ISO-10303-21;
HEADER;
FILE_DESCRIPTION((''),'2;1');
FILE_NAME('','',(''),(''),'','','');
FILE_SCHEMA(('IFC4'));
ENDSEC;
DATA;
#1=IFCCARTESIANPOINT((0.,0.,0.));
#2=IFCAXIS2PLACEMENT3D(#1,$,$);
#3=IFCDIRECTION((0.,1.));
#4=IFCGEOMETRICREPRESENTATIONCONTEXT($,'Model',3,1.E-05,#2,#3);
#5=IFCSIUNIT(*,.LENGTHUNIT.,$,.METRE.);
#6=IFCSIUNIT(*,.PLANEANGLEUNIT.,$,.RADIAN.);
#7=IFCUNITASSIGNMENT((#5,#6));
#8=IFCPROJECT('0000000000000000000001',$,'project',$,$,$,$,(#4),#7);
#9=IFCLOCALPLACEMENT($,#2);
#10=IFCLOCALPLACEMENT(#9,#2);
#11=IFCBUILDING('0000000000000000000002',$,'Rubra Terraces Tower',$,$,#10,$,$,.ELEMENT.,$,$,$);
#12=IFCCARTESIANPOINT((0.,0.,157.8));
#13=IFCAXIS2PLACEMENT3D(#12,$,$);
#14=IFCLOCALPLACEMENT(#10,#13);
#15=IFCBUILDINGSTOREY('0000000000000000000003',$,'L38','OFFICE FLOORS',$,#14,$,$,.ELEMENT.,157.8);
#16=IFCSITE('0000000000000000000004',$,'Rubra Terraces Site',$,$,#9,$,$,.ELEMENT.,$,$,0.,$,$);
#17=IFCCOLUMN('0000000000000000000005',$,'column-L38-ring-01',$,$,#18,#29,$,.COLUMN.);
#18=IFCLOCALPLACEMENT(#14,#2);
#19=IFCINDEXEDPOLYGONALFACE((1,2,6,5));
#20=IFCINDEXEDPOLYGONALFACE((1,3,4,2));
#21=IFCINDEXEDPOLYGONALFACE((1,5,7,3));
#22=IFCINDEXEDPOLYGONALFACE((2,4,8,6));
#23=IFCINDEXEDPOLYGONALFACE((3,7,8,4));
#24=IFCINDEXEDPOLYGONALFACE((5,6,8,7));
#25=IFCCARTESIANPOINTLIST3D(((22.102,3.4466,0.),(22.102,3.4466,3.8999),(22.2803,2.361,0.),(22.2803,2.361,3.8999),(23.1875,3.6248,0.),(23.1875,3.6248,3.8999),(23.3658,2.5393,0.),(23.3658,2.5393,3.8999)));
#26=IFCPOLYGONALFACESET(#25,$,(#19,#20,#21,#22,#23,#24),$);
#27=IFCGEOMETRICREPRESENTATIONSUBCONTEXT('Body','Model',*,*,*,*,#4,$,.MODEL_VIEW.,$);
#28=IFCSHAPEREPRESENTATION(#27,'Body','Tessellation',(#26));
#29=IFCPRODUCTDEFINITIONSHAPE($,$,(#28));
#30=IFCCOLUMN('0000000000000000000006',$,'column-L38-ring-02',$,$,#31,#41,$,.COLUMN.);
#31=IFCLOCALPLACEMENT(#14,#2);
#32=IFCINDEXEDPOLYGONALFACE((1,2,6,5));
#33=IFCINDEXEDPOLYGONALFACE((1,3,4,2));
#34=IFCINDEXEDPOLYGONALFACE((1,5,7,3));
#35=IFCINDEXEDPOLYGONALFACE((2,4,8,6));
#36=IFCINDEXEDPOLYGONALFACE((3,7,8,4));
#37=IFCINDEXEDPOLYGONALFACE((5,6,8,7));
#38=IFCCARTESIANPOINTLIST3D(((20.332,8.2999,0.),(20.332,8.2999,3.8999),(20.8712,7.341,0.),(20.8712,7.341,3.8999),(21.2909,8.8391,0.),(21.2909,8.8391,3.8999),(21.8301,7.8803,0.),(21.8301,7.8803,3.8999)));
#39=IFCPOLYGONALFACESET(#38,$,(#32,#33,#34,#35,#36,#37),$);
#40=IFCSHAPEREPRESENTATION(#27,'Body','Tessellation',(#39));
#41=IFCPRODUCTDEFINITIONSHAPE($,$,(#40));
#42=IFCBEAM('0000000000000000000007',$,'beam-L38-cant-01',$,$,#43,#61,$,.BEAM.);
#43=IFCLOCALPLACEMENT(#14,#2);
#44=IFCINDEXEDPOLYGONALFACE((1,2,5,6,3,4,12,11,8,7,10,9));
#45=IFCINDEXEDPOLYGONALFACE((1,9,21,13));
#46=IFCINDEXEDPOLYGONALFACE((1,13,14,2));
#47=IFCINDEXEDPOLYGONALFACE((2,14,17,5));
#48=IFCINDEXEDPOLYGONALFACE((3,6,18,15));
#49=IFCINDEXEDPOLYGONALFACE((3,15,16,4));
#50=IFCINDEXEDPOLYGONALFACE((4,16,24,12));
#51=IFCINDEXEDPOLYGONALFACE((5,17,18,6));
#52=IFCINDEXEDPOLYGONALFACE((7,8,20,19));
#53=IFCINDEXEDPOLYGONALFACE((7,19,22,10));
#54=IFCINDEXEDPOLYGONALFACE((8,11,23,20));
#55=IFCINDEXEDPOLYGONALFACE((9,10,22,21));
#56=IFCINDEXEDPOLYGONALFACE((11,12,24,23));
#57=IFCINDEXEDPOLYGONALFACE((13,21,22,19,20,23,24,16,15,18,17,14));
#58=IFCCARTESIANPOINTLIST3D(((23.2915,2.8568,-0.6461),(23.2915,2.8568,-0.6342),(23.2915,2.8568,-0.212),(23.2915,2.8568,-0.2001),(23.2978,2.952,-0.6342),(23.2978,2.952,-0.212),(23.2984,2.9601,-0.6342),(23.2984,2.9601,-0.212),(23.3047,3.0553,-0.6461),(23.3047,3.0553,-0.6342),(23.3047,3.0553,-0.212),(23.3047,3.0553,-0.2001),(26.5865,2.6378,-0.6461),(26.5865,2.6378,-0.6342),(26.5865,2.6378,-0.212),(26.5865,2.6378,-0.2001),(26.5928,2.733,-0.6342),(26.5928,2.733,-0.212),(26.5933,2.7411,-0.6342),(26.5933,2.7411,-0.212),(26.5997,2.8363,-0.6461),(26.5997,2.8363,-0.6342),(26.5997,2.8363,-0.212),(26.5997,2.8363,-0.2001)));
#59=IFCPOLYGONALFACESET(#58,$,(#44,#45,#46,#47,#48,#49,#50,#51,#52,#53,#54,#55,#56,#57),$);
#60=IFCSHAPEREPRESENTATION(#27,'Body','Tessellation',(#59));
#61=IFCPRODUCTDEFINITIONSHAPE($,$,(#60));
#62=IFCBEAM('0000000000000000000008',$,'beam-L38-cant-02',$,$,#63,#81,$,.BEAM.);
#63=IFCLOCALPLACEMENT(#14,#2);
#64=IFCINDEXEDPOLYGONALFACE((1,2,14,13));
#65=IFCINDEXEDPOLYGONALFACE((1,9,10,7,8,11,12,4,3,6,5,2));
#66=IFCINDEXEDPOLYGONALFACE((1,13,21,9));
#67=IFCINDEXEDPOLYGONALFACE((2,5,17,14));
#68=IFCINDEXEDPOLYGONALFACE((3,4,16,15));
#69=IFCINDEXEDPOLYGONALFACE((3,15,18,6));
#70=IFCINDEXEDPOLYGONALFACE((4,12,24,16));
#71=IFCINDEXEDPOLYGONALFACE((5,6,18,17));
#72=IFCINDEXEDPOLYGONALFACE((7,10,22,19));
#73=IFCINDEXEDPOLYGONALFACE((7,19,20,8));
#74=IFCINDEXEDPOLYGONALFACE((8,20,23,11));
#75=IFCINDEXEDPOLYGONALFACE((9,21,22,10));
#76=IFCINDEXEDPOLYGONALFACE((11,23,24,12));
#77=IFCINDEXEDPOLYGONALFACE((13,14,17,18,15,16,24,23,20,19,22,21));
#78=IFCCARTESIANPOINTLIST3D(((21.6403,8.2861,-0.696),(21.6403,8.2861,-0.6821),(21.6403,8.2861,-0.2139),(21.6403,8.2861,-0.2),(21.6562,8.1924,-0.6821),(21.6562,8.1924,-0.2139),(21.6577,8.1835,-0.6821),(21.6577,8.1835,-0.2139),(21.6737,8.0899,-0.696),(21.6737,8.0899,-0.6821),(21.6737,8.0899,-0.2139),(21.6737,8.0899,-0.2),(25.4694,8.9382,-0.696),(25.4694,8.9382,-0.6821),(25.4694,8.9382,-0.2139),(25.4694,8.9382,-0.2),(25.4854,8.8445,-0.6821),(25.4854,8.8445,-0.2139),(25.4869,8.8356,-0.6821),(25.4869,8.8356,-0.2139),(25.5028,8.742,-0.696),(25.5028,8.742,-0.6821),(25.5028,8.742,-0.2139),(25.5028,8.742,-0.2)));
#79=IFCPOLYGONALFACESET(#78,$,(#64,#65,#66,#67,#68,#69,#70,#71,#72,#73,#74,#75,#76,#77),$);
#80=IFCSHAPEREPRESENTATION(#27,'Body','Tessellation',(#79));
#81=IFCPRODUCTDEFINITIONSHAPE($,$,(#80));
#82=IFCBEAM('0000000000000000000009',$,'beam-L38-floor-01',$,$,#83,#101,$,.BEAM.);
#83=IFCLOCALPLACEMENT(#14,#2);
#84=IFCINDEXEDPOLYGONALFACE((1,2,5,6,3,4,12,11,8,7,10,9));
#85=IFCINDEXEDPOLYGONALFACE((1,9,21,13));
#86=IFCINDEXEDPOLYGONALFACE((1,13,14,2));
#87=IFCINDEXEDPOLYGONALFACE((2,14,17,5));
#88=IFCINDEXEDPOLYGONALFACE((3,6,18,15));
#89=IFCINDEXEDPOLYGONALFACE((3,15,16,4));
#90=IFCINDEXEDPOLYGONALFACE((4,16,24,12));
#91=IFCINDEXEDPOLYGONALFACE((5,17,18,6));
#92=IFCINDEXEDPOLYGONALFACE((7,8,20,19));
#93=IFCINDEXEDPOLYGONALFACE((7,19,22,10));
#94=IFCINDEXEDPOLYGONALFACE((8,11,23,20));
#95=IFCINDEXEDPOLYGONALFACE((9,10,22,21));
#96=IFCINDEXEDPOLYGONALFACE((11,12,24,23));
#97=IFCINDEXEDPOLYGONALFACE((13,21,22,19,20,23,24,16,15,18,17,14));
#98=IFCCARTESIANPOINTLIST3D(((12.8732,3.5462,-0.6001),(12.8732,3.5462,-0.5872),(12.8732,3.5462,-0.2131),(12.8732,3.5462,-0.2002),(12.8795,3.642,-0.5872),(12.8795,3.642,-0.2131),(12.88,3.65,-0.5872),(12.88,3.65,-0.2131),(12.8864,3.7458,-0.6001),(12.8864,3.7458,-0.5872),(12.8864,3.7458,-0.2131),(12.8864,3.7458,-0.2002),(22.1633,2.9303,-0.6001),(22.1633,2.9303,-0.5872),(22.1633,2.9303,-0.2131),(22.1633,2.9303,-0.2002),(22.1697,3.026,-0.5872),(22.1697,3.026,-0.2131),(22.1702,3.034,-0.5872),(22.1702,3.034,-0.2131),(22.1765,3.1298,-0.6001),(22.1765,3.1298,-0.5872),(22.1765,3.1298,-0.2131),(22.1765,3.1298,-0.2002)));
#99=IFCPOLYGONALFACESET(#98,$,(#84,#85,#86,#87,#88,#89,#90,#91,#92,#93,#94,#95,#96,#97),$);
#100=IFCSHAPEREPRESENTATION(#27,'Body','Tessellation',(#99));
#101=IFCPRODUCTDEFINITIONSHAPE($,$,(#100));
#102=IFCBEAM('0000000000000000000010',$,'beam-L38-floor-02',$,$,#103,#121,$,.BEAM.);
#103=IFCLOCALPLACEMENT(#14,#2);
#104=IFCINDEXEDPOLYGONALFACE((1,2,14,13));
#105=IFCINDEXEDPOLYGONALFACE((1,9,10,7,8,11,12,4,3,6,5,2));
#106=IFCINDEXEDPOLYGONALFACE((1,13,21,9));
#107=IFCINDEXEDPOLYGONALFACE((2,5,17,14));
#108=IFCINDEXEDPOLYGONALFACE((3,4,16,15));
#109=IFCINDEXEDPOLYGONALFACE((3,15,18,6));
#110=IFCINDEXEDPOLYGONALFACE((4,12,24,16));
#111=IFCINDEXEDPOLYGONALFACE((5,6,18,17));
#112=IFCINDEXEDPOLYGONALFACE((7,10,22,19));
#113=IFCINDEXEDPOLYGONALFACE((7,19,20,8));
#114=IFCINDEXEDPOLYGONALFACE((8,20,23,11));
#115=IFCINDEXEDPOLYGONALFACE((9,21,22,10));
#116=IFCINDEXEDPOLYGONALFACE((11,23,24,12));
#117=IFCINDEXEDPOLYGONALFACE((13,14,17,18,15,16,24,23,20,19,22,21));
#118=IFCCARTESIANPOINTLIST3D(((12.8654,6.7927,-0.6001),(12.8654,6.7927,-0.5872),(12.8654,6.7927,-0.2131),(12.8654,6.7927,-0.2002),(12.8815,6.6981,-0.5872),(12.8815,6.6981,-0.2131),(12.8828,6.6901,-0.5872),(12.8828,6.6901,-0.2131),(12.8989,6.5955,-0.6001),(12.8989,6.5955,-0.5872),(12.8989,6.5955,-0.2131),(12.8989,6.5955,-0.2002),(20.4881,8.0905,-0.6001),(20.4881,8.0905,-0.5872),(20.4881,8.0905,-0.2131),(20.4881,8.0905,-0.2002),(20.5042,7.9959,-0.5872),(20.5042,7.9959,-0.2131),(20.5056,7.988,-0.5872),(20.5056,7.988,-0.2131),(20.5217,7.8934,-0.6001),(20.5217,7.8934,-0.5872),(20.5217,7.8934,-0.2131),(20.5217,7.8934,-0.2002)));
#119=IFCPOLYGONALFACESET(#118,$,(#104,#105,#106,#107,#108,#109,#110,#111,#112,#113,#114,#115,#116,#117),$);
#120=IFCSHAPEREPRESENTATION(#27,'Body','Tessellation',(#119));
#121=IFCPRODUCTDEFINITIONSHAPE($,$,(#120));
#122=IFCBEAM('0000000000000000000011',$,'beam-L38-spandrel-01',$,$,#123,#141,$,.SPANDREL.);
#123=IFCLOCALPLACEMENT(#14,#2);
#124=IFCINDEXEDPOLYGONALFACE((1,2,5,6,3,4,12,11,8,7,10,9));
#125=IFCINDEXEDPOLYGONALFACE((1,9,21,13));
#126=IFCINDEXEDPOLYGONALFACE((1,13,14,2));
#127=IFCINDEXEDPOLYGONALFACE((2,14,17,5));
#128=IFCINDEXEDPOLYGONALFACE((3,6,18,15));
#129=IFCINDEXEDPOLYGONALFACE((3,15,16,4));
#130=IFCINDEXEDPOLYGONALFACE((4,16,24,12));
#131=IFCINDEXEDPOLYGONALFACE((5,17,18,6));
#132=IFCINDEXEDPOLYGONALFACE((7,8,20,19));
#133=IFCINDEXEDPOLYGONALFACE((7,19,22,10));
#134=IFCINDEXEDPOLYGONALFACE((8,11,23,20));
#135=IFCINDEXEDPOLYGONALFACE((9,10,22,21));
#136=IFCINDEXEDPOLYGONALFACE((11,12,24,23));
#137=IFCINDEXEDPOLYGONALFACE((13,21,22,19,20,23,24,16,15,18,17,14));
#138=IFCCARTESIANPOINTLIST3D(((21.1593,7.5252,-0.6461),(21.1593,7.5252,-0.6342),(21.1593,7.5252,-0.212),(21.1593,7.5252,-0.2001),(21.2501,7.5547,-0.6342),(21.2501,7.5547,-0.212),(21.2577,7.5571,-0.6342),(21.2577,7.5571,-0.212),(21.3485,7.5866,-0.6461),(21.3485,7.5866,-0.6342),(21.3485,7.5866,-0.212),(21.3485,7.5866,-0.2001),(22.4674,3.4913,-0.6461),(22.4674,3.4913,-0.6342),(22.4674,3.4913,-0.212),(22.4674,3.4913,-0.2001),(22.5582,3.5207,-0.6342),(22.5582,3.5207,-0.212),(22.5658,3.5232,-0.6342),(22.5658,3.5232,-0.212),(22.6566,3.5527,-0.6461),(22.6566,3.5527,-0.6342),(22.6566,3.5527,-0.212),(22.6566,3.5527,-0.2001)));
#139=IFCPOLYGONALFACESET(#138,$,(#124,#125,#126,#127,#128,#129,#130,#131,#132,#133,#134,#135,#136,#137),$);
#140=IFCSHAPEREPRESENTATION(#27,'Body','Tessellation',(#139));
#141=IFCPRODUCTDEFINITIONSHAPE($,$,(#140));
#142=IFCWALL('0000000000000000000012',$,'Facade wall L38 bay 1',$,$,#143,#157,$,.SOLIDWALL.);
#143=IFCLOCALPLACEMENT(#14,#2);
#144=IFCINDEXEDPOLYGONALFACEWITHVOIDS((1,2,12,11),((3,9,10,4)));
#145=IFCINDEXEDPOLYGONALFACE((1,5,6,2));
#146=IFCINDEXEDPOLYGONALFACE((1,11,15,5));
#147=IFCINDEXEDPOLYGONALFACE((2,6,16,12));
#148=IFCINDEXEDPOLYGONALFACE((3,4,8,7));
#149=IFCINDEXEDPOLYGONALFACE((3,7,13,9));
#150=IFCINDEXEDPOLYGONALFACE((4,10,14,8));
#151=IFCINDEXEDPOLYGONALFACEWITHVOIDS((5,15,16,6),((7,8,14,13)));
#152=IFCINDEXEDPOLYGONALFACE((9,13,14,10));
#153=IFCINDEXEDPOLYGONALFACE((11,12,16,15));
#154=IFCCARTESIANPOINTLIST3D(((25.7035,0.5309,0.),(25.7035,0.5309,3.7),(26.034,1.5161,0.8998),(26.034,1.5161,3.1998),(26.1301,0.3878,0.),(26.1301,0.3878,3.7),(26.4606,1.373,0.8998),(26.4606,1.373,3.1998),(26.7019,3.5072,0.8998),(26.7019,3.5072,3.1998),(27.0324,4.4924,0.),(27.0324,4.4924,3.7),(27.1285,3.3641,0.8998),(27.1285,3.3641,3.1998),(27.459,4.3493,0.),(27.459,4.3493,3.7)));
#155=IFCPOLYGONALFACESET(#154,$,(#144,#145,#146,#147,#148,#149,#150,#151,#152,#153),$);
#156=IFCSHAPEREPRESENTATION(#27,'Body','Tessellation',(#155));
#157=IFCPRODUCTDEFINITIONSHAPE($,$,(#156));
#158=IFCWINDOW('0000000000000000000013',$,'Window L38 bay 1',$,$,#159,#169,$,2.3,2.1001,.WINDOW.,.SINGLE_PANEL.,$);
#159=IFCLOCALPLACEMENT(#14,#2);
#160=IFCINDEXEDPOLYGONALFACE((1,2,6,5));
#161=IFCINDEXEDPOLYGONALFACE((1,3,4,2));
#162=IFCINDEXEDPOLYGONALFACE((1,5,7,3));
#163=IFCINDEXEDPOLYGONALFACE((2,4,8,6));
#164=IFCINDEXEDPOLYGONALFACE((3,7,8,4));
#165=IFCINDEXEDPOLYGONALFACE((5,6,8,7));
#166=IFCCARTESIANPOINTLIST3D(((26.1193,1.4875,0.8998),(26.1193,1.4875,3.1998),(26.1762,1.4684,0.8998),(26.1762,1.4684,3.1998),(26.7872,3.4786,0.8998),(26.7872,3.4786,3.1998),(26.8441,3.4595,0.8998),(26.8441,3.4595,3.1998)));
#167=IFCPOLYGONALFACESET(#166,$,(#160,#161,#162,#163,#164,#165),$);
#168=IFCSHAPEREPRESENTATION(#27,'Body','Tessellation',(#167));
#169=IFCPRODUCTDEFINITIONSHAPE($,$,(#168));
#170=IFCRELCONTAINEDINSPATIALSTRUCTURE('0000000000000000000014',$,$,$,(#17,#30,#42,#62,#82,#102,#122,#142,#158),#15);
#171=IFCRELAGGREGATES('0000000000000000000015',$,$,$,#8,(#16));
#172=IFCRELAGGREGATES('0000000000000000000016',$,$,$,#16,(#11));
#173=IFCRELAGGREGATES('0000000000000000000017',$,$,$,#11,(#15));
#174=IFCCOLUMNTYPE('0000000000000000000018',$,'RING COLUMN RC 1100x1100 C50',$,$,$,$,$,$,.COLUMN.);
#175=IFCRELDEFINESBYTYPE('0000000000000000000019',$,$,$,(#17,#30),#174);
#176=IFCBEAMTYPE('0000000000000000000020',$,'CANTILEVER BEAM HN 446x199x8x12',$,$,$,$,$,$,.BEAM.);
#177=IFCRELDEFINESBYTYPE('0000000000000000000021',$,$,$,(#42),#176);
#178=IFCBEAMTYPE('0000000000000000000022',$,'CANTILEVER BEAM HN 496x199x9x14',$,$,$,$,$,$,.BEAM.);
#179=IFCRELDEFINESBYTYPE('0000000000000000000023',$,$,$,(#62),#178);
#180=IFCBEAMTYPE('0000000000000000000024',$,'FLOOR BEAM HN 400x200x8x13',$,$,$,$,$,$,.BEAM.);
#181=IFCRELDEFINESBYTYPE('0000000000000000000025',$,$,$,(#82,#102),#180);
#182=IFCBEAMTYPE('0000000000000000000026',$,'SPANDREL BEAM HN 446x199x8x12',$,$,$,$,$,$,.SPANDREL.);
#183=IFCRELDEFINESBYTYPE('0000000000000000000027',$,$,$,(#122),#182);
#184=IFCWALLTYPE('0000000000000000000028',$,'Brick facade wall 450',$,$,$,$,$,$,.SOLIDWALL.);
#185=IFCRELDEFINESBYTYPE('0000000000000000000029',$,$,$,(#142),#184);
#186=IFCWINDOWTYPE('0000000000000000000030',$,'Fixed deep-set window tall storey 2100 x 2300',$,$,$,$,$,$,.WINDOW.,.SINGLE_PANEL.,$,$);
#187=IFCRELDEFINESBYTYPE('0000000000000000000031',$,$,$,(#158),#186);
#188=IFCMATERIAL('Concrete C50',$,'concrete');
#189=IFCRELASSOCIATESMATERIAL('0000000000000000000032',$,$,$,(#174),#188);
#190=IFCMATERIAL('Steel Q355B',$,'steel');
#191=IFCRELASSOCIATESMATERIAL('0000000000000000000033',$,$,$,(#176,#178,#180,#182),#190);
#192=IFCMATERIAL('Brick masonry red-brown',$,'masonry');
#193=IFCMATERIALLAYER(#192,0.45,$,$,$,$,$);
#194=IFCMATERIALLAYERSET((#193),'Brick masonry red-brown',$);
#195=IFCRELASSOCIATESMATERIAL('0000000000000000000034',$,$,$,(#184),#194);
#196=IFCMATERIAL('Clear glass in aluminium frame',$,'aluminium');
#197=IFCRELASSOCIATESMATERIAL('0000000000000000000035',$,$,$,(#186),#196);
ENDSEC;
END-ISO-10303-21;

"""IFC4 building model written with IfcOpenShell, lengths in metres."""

from ifc_helpers import new_model, si_unit, direction, frame, frame_2d, origin, origin_2d, place, context, subcontext, project, spatial, rectangle, i_section, extrude, material, layer, layer_set, material_profile, profile_set, type_object, element, fill, save


model = new_model("IFC4")

# Units and contexts
model_context = context("Model", 3, precision=1e-05, world=origin(), true_north=direction((0.0, 1.0)))
body_context = subcontext(model_context, "Body", "Model", "MODEL_VIEW")
ifc_project = project(units=[si_unit("LENGTHUNIT", "METRE"), si_unit("PLANEANGLEUNIT", "RADIAN")], contexts=[model_context])

# Site, building, storey
site_placement = place(None, origin())
site = spatial("IfcSite", under=ifc_project, at=site_placement, Name="Rubra Terraces Site", CompositionType="ELEMENT", RefElevation=0.0)
building_placement = place(site_placement, origin())
building = spatial("IfcBuilding", under=site, at=building_placement, Name="Rubra Terraces Tower", CompositionType="ELEMENT")
storey_placement = place(building_placement, frame((0.0, 0.0, 157.8)))
storey = spatial("IfcBuildingStorey", under=building, at=storey_placement, Name="L38", Description="OFFICE FLOORS", CompositionType="ELEMENT", Elevation=157.8)

# Columns
ifc_material_1 = material(Name="Concrete C50", Category="concrete")
ifc_material_profile_1 = material_profile(ifc_material_1, rectangle(XDim=1.1001, YDim=1.1001, at=origin_2d()), Name="RC 1100x1100")
ifc_profile_set_1 = profile_set([ifc_material_profile_1], Name="Concrete C50")
column_type = type_object("IfcColumnType", Name="RING COLUMN RC 1100x1100 C50", PredefinedType="COLUMN", material=ifc_profile_set_1)
for number, where, z_axis, x_axis, name in (
    (1, (22.7339, 2.9929, 0.0), (0.0, 0.0, 1.0), (-0.162062, 0.986781, 0.0), "column-L38-ring-01"),
    (2, (21.0811, 8.0901, 0.0), (0.0, 0.0, 1.0), (-0.490162, 0.871631, 0.0), "column-L38-ring-02"),
):
    element("IfcColumn", number, at=place(storey_placement, frame(where, z_axis=z_axis, x_axis=x_axis)), inside=storey, type_object=column_type, Name=name, PredefinedType="COLUMN", context=body_context, shape_type="SweptSolid", body=[
        extrude(rectangle(XDim=1.1001, YDim=1.1001, at=origin_2d()), origin(), (0.0, 0.0, 1.0), 3.8999),
    ])

# Beams
ifc_material_2 = material(Name="Steel Q355B", Category="steel")
ifc_material_profile_2 = material_profile(ifc_material_2, i_section(OverallWidth=0.199, OverallDepth=0.446, WebThickness=0.0081, FlangeThickness=0.012, at=origin_2d()), Name="HN 446x199x8x12")
ifc_profile_set_2 = profile_set([ifc_material_profile_2], Name="Steel Q355B")
beam_type_1 = type_object("IfcBeamType", Name="CANTILEVER BEAM HN 446x199x8x12", PredefinedType="BEAM", material=ifc_profile_set_2)
beam_1_placement = place(storey_placement, frame((23.2981, 2.9561, -0.4231), z_axis=(0.997799, -0.066318, 0.0), x_axis=(0.066318, 0.997799, 0.0)))
element("IfcBeam", 3, at=beam_1_placement, inside=storey, type_object=beam_type_1, Name="beam-L38-cant-01", PredefinedType="BEAM", context=body_context, shape_type="SweptSolid", body=[
    extrude(i_section(OverallWidth=0.199, OverallDepth=0.446, WebThickness=0.0081, FlangeThickness=0.012, at=origin_2d()), origin(), (0.0, 0.0, 1.0), 3.3022),
])
ifc_material_profile_3 = material_profile(ifc_material_2, i_section(OverallWidth=0.199, OverallDepth=0.4961, WebThickness=0.009, FlangeThickness=0.0139, at=origin_2d()), Name="HN 496x199x9x14")
ifc_profile_set_3 = profile_set([ifc_material_profile_3], Name="Steel Q355B")
beam_type_2 = type_object("IfcBeamType", Name="CANTILEVER BEAM HN 496x199x9x14", PredefinedType="BEAM", material=ifc_profile_set_3)
beam_2_placement = place(storey_placement, frame((21.657, 8.188, -0.448), z_axis=(0.985807, 0.167884, 0.0), x_axis=(-0.167884, 0.985807, 0.0)))
element("IfcBeam", 4, at=beam_2_placement, inside=storey, type_object=beam_type_2, Name="beam-L38-cant-02", PredefinedType="BEAM", context=body_context, shape_type="SweptSolid", body=[
    extrude(i_section(OverallWidth=0.199, OverallDepth=0.4961, WebThickness=0.009, FlangeThickness=0.0139, at=origin_2d()), origin(), (0.0, 0.0, 1.0), 3.8843),
])
ifc_material_profile_4 = material_profile(ifc_material_2, i_section(OverallWidth=0.2, OverallDepth=0.3999, WebThickness=0.0081, FlangeThickness=0.0129, at=origin_2d()), Name="HN 400x200x8x13")
ifc_profile_set_4 = profile_set([ifc_material_profile_4], Name="Steel Q355B")
beam_type_3 = type_object("IfcBeamType", Name="FLOOR BEAM HN 400x200x8x13", PredefinedType="BEAM", material=ifc_profile_set_4)
beam_3_placement = place(storey_placement, frame((22.1699, 3.03, -0.4001), z_axis=(-0.997809, 0.066159, 0.0), x_axis=(-0.066159, -0.997809, 0.0)))
element("IfcBeam", 5, at=beam_3_placement, inside=storey, type_object=beam_type_3, Name="beam-L38-floor-01", PredefinedType="BEAM", context=body_context, shape_type="SweptSolid", body=[
    extrude(i_section(OverallWidth=0.2, OverallDepth=0.3999, WebThickness=0.0081, FlangeThickness=0.0129, at=origin_2d()), origin(), (0.0, 0.0, 1.0), 9.3105),
])
beam_4_placement = place(storey_placement, frame((20.5049, 7.9919, -0.4001), z_axis=(-0.985814, -0.167844, 0.0), x_axis=(0.167844, -0.985814, 0.0)))
element("IfcBeam", 6, at=beam_4_placement, inside=storey, type_object=beam_type_3, Name="beam-L38-floor-02", PredefinedType="BEAM", context=body_context, shape_type="SweptSolid", body=[
    extrude(i_section(OverallWidth=0.2, OverallDepth=0.3999, WebThickness=0.0081, FlangeThickness=0.0129, at=origin_2d()), origin(), (0.0, 0.0, 1.0), 7.7324),
])
ifc_material_profile_5 = material_profile(ifc_material_2, i_section(OverallWidth=0.199, OverallDepth=0.446, WebThickness=0.0081, FlangeThickness=0.012, at=origin_2d()), Name="HN 446x199x8x12")
ifc_profile_set_5 = profile_set([ifc_material_profile_5], Name="Steel Q355B")
beam_type_4 = type_object("IfcBeamType", Name="SPANDREL BEAM HN 446x199x8x12", PredefinedType="SPANDREL", material=ifc_profile_set_5)
beam_5_placement = place(storey_placement, frame((22.562, 3.522, -0.4231), z_axis=(-0.308462, 0.951237, 0.0), x_axis=(-0.951237, -0.308462, 0.0)))
element("IfcBeam", 7, at=beam_5_placement, inside=storey, type_object=beam_type_4, Name="beam-L38-spandrel-01", PredefinedType="SPANDREL", context=body_context, shape_type="SweptSolid", body=[
    extrude(i_section(OverallWidth=0.199, OverallDepth=0.446, WebThickness=0.0081, FlangeThickness=0.012, at=origin_2d()), origin(), (0.0, 0.0, 1.0), 4.2407),
])

# Wall, opening, window
ifc_material_3 = material(Name="Brick masonry red-brown", Category="masonry")
ifc_layer_1 = layer(ifc_material_3, 0.45)
ifc_layer_set_1 = layer_set([ifc_layer_1], Name="Brick masonry red-brown")
wall_type_1 = type_object("IfcWallType", Name="Brick facade wall 450", PredefinedType="SOLIDWALL", material=ifc_layer_set_1)
wall_1_placement = place(storey_placement, frame((25.9167, 0.4592, 0.0), z_axis=(0.0, 0.0, 1.0), x_axis=(0.318033, 0.94808, 0.0)))
wall_1 = element("IfcWall", 8, at=wall_1_placement, inside=storey, type_object=wall_type_1, Name="Facade wall L38 bay 1", PredefinedType="SOLIDWALL", context=body_context, shape_type="SweptSolid", body=[
    extrude(rectangle(XDim=4.1785, YDim=0.45, at=frame_2d((2.0894, 0.0))), origin(), (0.0, 0.0, 1.0), 3.7),
])
opening_1_placement = place(wall_1_placement, frame((1.0393, 0.0, 0.8999)))
opening_1 = element("IfcOpeningElement", 9, at=opening_1_placement, cuts=wall_1, PredefinedType="OPENING", context=body_context, shape_type="SweptSolid", body=[
    extrude(rectangle(XDim=2.1001, YDim=2.3, at=frame_2d((1.05, 1.1499))), frame((0.0, 0.2349, 0.0), z_axis=(0.0, -1.0, 0.0), x_axis=(1.0, 0.0, 0.0)), (0.0, 0.0, 1.0), 0.47),
])
ifc_material_4 = material(Name="Clear glass in aluminium frame", Category="aluminium")
window_type = type_object("IfcWindowType", Name="Fixed deep-set window tall storey 2100 x 2300", PartitioningType="SINGLE_PANEL", PredefinedType="WINDOW", material=ifc_material_4)
window_1_placement = place(opening_1_placement, origin())
window_1 = element("IfcWindow", 10, at=window_1_placement, inside=storey, type_object=window_type, Name="Window L38 bay 1", OverallHeight=2.3, OverallWidth=2.1001, PartitioningType="SINGLE_PANEL", PredefinedType="WINDOW", context=body_context, shape_type="SweptSolid", body=[
    extrude(rectangle(XDim=2.1001, YDim=2.3, at=frame_2d((1.05, 1.1499))), frame((0.0, 0.135, 0.0), z_axis=(0.0, -1.0, 0.0), x_axis=(1.0, 0.0, 0.0)), (0.0, 0.0, 1.0), 0.0601),
])
fill(opening_1, window_1)

save(model, "model.ifc")
